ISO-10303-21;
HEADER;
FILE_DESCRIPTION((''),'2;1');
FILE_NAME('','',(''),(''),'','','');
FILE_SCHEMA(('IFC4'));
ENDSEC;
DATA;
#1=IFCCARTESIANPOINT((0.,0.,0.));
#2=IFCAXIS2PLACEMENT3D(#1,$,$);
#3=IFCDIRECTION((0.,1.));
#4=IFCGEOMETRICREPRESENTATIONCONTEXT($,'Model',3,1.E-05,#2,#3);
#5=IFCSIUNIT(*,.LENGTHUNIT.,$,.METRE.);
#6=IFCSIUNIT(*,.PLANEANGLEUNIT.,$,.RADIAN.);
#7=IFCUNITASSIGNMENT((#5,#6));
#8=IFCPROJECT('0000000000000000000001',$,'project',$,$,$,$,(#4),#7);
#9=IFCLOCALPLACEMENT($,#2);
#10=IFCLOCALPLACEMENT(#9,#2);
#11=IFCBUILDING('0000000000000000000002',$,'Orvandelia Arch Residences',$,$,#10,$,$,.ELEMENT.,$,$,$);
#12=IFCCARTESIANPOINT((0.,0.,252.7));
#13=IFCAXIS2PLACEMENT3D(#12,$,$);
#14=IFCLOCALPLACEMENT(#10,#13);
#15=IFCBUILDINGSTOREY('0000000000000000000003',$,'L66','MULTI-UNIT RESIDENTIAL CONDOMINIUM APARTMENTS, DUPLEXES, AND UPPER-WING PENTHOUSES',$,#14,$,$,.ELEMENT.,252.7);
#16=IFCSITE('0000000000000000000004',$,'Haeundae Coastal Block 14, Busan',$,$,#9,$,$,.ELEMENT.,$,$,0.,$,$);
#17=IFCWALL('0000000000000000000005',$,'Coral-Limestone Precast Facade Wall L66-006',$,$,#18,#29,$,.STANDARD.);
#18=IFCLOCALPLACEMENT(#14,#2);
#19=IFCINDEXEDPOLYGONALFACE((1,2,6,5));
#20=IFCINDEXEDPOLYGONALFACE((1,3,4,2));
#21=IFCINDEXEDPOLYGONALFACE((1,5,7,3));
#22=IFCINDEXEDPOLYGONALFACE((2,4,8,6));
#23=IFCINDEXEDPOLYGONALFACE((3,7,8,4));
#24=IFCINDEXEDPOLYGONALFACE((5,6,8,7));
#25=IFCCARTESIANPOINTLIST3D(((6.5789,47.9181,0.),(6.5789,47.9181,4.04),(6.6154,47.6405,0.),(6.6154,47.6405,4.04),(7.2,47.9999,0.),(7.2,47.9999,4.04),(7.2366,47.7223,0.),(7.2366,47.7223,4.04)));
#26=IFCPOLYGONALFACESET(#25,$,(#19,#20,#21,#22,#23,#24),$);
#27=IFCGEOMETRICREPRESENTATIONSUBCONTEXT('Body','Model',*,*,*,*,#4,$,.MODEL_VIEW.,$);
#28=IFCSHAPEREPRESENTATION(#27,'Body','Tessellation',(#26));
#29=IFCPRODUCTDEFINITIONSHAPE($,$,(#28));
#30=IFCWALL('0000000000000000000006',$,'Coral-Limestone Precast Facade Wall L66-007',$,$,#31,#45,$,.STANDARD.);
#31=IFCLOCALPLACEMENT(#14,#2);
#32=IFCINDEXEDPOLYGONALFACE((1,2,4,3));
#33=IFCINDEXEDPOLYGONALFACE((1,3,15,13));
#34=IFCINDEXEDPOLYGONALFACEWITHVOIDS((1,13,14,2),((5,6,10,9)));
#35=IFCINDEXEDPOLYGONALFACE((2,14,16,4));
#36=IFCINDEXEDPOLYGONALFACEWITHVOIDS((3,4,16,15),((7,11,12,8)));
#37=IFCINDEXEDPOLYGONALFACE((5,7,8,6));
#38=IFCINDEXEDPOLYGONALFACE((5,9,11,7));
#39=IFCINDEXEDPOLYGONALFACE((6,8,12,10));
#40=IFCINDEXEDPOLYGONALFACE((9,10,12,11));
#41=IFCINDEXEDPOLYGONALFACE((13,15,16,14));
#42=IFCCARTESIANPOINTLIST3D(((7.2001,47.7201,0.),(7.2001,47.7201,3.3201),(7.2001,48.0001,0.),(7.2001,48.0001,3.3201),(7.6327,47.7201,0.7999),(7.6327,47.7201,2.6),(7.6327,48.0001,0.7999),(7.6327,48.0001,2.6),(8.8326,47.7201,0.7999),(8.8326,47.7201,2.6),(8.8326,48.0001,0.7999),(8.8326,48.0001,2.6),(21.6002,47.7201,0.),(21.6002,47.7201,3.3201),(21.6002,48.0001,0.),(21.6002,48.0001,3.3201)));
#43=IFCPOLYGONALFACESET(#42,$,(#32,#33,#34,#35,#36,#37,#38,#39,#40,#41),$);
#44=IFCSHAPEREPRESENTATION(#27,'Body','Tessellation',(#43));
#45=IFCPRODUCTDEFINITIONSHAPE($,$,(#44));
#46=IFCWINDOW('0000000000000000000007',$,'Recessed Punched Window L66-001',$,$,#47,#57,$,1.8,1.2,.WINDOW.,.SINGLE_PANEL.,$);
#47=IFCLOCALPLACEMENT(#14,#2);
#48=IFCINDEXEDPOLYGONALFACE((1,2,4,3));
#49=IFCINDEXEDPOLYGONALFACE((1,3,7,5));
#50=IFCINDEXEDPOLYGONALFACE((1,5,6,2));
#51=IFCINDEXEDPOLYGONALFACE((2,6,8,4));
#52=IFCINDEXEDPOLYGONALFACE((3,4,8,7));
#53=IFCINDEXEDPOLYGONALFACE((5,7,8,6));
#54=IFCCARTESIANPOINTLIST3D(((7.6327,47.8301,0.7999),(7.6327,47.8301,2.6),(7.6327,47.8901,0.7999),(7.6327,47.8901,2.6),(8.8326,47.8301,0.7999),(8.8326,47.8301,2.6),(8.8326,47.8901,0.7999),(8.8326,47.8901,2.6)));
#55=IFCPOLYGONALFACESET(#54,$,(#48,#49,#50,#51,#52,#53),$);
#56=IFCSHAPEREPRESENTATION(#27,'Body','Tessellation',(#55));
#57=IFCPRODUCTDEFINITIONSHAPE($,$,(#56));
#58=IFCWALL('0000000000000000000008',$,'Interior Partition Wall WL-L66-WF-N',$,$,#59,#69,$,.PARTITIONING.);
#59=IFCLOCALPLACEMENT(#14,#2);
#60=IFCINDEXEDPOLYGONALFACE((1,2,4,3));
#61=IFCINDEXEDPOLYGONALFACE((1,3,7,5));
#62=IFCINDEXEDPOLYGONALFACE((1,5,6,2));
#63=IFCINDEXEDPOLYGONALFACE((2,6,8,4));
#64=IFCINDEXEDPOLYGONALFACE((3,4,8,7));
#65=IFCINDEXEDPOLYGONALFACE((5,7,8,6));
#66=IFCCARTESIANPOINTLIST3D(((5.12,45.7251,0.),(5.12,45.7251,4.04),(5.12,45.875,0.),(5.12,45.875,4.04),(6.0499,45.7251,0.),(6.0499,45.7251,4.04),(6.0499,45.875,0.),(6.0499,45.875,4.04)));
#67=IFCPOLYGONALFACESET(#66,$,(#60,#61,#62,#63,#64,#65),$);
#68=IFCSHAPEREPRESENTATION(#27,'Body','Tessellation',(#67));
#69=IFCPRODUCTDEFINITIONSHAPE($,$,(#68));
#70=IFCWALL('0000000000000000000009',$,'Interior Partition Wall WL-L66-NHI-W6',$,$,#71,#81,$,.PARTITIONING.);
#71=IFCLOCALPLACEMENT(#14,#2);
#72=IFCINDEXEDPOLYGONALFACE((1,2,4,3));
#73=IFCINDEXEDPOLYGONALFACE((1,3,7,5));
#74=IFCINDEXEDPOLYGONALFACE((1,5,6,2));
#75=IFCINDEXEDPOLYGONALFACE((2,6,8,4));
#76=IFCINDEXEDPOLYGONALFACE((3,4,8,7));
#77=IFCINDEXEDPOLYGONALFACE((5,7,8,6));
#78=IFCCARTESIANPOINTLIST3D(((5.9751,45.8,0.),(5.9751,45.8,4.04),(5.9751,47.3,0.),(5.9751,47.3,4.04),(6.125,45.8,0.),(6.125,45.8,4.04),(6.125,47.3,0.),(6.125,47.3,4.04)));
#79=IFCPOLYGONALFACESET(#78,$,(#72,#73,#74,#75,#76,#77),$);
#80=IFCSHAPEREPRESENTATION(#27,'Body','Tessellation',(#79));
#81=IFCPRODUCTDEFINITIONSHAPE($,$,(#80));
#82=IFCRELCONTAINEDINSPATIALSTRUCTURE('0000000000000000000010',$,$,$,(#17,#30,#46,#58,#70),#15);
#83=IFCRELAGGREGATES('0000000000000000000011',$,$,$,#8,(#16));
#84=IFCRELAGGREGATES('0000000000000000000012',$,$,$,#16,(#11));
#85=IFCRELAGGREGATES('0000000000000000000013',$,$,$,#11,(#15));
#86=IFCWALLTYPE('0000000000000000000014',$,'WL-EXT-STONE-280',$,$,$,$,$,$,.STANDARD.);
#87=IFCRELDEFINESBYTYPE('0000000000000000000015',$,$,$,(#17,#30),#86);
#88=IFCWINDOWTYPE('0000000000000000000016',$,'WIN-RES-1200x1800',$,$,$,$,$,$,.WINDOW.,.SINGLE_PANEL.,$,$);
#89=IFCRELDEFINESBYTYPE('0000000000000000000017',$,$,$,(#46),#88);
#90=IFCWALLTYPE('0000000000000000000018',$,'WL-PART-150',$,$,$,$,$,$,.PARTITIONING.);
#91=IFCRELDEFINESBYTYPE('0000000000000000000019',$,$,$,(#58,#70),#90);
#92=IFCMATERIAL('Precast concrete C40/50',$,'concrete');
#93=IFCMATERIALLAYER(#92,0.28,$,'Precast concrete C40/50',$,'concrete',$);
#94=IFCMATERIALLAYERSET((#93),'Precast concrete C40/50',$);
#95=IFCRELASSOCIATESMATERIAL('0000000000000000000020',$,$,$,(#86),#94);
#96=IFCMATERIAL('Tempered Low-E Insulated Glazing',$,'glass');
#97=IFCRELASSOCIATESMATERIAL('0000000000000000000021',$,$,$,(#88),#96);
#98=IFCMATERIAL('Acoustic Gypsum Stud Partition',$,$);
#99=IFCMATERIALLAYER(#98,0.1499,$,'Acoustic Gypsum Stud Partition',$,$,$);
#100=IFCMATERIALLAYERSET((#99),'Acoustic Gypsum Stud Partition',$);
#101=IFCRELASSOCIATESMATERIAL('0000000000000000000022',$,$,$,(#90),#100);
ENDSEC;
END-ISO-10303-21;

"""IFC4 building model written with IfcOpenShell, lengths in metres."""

from ifc_helpers import new_model, si_unit, direction, frame, frame_2d, origin, place, context, subcontext, project, spatial, rectangle, extrude, material, layer, layer_set, type_object, element, fill, save


model = new_model("IFC4")

# Units and contexts
model_context = context("Model", 3, precision=1e-05, world=origin(), true_north=direction((0.0, 1.0)))
body_context = subcontext(model_context, "Body", "Model", "MODEL_VIEW")
ifc_project = project(units=[si_unit("LENGTHUNIT", "METRE"), si_unit("PLANEANGLEUNIT", "RADIAN")], contexts=[model_context])

# Site, building, storey
site_placement = place(None, origin())
site = spatial("IfcSite", under=ifc_project, at=site_placement, Name="Haeundae Coastal Block 14, Busan", CompositionType="ELEMENT", RefElevation=0.0)
building_placement = place(site_placement, origin())
building = spatial("IfcBuilding", under=site, at=building_placement, Name="Orvandelia Arch Residences", CompositionType="ELEMENT")
storey_placement = place(building_placement, frame((0.0, 0.0, 252.7)))
storey = spatial("IfcBuildingStorey", under=building, at=storey_placement, Name="L66", Description="MULTI-UNIT RESIDENTIAL CONDOMINIUM APARTMENTS, DUPLEXES, AND UPPER-WING PENTHOUSES", CompositionType="ELEMENT", Elevation=252.7)

# Wall
ifc_material_1 = material(Name="Precast concrete C40/50", Category="concrete")
ifc_layer_1 = layer(ifc_material_1, 0.28, Name="Precast concrete C40/50", Category="concrete")
ifc_layer_set_1 = layer_set([ifc_layer_1], Name="Precast concrete C40/50")
wall_type_1 = type_object("IfcWallType", Name="WL-EXT-STONE-280", PredefinedType="STANDARD", material=ifc_layer_set_1)
wall_1_placement = place(storey_placement, frame((6.5972, 47.7793, 0.0), z_axis=(0.0, 0.0, 1.0), x_axis=(0.991441, 0.130555, 0.0)))
element("IfcWall", 1, at=wall_1_placement, inside=storey, type_object=wall_type_1, Name="Coral-Limestone Precast Facade Wall L66-006", PredefinedType="STANDARD", context=body_context, shape_type="SweptSolid", body=[
    extrude(rectangle(XDim=0.6265, YDim=0.28, at=frame_2d((0.3132, 0.0))), origin(), (0.0, 0.0, 1.0), 4.04),
])

# Wall, opening, window
wall_2_placement = place(storey_placement, frame((7.2, 47.8601, 0.0), z_axis=(0.0, 0.0, 1.0), x_axis=(1.0, 0.0, 0.0)))
wall_2 = element("IfcWall", 2, at=wall_2_placement, inside=storey, type_object=wall_type_1, Name="Coral-Limestone Precast Facade Wall L66-007", PredefinedType="STANDARD", context=body_context, shape_type="SweptSolid", body=[
    extrude(rectangle(XDim=14.4001, YDim=0.28, at=frame_2d((7.2002, 0.0))), origin(), (0.0, 0.0, 1.0), 3.3201),
])
opening_1_placement = place(wall_2_placement, frame((0.4326, 0.0, 0.8)))
opening_1 = element("IfcOpeningElement", 3, at=opening_1_placement, cuts=wall_2, PredefinedType="OPENING", context=body_context, shape_type="SweptSolid", body=[
    extrude(rectangle(XDim=1.2, YDim=1.8, at=frame_2d((0.6001, 0.8999))), frame((0.0, 0.1499, 0.0), z_axis=(0.0, -1.0, 0.0), x_axis=(1.0, 0.0, 0.0)), (0.0, 0.0, 1.0), 0.3),
])
ifc_material_2 = material(Name="Tempered Low-E Insulated Glazing", Category="glass")
window_type = type_object("IfcWindowType", Name="WIN-RES-1200x1800", PartitioningType="SINGLE_PANEL", PredefinedType="WINDOW", material=ifc_material_2)
window_placement = place(opening_1_placement, origin())
window = element("IfcWindow", 4, at=window_placement, inside=storey, type_object=window_type, Name="Recessed Punched Window L66-001", OverallHeight=1.8, OverallWidth=1.2, PartitioningType="SINGLE_PANEL", PredefinedType="WINDOW", context=body_context, shape_type="SweptSolid", body=[
    extrude(rectangle(XDim=1.2, YDim=1.8, at=frame_2d((0.6001, 0.8999))), frame((0.0, 0.03, 0.0), z_axis=(0.0, -1.0, 0.0), x_axis=(1.0, 0.0, 0.0)), (0.0, 0.0, 1.0), 0.0601),
])
fill(opening_1, window)

# Walls
ifc_material_3 = material(Name="Acoustic Gypsum Stud Partition")
ifc_layer_2 = layer(ifc_material_3, 0.1499, Name="Acoustic Gypsum Stud Partition")
ifc_layer_set_2 = layer_set([ifc_layer_2], Name="Acoustic Gypsum Stud Partition")
wall_type_2 = type_object("IfcWallType", Name="WL-PART-150", PredefinedType="PARTITIONING", material=ifc_layer_set_2)
wall_3_placement = place(storey_placement, frame((5.1201, 45.8, 0.0), z_axis=(0.0, 0.0, 1.0), x_axis=(1.0, 0.0, 0.0)))
element("IfcWall", 5, at=wall_3_placement, inside=storey, type_object=wall_type_2, Name="Interior Partition Wall WL-L66-WF-N", PredefinedType="PARTITIONING", context=body_context, shape_type="SweptSolid", body=[
    extrude(rectangle(XDim=0.9299, YDim=0.1499, at=frame_2d((0.4648, 0.0))), origin(), (0.0, 0.0, 1.0), 4.04),
])
wall_4_placement = place(storey_placement, frame((6.05, 45.8, 0.0), z_axis=(0.0, 0.0, 1.0), x_axis=(0.0, 1.0, 0.0)))
element("IfcWall", 6, at=wall_4_placement, inside=storey, type_object=wall_type_2, Name="Interior Partition Wall WL-L66-NHI-W6", PredefinedType="PARTITIONING", context=body_context, shape_type="SweptSolid", body=[
    extrude(rectangle(XDim=1.5, YDim=0.1499, at=frame_2d((0.75, 0.0))), origin(), (0.0, 0.0, 1.0), 4.04),
])

save(model, "model.ifc")
